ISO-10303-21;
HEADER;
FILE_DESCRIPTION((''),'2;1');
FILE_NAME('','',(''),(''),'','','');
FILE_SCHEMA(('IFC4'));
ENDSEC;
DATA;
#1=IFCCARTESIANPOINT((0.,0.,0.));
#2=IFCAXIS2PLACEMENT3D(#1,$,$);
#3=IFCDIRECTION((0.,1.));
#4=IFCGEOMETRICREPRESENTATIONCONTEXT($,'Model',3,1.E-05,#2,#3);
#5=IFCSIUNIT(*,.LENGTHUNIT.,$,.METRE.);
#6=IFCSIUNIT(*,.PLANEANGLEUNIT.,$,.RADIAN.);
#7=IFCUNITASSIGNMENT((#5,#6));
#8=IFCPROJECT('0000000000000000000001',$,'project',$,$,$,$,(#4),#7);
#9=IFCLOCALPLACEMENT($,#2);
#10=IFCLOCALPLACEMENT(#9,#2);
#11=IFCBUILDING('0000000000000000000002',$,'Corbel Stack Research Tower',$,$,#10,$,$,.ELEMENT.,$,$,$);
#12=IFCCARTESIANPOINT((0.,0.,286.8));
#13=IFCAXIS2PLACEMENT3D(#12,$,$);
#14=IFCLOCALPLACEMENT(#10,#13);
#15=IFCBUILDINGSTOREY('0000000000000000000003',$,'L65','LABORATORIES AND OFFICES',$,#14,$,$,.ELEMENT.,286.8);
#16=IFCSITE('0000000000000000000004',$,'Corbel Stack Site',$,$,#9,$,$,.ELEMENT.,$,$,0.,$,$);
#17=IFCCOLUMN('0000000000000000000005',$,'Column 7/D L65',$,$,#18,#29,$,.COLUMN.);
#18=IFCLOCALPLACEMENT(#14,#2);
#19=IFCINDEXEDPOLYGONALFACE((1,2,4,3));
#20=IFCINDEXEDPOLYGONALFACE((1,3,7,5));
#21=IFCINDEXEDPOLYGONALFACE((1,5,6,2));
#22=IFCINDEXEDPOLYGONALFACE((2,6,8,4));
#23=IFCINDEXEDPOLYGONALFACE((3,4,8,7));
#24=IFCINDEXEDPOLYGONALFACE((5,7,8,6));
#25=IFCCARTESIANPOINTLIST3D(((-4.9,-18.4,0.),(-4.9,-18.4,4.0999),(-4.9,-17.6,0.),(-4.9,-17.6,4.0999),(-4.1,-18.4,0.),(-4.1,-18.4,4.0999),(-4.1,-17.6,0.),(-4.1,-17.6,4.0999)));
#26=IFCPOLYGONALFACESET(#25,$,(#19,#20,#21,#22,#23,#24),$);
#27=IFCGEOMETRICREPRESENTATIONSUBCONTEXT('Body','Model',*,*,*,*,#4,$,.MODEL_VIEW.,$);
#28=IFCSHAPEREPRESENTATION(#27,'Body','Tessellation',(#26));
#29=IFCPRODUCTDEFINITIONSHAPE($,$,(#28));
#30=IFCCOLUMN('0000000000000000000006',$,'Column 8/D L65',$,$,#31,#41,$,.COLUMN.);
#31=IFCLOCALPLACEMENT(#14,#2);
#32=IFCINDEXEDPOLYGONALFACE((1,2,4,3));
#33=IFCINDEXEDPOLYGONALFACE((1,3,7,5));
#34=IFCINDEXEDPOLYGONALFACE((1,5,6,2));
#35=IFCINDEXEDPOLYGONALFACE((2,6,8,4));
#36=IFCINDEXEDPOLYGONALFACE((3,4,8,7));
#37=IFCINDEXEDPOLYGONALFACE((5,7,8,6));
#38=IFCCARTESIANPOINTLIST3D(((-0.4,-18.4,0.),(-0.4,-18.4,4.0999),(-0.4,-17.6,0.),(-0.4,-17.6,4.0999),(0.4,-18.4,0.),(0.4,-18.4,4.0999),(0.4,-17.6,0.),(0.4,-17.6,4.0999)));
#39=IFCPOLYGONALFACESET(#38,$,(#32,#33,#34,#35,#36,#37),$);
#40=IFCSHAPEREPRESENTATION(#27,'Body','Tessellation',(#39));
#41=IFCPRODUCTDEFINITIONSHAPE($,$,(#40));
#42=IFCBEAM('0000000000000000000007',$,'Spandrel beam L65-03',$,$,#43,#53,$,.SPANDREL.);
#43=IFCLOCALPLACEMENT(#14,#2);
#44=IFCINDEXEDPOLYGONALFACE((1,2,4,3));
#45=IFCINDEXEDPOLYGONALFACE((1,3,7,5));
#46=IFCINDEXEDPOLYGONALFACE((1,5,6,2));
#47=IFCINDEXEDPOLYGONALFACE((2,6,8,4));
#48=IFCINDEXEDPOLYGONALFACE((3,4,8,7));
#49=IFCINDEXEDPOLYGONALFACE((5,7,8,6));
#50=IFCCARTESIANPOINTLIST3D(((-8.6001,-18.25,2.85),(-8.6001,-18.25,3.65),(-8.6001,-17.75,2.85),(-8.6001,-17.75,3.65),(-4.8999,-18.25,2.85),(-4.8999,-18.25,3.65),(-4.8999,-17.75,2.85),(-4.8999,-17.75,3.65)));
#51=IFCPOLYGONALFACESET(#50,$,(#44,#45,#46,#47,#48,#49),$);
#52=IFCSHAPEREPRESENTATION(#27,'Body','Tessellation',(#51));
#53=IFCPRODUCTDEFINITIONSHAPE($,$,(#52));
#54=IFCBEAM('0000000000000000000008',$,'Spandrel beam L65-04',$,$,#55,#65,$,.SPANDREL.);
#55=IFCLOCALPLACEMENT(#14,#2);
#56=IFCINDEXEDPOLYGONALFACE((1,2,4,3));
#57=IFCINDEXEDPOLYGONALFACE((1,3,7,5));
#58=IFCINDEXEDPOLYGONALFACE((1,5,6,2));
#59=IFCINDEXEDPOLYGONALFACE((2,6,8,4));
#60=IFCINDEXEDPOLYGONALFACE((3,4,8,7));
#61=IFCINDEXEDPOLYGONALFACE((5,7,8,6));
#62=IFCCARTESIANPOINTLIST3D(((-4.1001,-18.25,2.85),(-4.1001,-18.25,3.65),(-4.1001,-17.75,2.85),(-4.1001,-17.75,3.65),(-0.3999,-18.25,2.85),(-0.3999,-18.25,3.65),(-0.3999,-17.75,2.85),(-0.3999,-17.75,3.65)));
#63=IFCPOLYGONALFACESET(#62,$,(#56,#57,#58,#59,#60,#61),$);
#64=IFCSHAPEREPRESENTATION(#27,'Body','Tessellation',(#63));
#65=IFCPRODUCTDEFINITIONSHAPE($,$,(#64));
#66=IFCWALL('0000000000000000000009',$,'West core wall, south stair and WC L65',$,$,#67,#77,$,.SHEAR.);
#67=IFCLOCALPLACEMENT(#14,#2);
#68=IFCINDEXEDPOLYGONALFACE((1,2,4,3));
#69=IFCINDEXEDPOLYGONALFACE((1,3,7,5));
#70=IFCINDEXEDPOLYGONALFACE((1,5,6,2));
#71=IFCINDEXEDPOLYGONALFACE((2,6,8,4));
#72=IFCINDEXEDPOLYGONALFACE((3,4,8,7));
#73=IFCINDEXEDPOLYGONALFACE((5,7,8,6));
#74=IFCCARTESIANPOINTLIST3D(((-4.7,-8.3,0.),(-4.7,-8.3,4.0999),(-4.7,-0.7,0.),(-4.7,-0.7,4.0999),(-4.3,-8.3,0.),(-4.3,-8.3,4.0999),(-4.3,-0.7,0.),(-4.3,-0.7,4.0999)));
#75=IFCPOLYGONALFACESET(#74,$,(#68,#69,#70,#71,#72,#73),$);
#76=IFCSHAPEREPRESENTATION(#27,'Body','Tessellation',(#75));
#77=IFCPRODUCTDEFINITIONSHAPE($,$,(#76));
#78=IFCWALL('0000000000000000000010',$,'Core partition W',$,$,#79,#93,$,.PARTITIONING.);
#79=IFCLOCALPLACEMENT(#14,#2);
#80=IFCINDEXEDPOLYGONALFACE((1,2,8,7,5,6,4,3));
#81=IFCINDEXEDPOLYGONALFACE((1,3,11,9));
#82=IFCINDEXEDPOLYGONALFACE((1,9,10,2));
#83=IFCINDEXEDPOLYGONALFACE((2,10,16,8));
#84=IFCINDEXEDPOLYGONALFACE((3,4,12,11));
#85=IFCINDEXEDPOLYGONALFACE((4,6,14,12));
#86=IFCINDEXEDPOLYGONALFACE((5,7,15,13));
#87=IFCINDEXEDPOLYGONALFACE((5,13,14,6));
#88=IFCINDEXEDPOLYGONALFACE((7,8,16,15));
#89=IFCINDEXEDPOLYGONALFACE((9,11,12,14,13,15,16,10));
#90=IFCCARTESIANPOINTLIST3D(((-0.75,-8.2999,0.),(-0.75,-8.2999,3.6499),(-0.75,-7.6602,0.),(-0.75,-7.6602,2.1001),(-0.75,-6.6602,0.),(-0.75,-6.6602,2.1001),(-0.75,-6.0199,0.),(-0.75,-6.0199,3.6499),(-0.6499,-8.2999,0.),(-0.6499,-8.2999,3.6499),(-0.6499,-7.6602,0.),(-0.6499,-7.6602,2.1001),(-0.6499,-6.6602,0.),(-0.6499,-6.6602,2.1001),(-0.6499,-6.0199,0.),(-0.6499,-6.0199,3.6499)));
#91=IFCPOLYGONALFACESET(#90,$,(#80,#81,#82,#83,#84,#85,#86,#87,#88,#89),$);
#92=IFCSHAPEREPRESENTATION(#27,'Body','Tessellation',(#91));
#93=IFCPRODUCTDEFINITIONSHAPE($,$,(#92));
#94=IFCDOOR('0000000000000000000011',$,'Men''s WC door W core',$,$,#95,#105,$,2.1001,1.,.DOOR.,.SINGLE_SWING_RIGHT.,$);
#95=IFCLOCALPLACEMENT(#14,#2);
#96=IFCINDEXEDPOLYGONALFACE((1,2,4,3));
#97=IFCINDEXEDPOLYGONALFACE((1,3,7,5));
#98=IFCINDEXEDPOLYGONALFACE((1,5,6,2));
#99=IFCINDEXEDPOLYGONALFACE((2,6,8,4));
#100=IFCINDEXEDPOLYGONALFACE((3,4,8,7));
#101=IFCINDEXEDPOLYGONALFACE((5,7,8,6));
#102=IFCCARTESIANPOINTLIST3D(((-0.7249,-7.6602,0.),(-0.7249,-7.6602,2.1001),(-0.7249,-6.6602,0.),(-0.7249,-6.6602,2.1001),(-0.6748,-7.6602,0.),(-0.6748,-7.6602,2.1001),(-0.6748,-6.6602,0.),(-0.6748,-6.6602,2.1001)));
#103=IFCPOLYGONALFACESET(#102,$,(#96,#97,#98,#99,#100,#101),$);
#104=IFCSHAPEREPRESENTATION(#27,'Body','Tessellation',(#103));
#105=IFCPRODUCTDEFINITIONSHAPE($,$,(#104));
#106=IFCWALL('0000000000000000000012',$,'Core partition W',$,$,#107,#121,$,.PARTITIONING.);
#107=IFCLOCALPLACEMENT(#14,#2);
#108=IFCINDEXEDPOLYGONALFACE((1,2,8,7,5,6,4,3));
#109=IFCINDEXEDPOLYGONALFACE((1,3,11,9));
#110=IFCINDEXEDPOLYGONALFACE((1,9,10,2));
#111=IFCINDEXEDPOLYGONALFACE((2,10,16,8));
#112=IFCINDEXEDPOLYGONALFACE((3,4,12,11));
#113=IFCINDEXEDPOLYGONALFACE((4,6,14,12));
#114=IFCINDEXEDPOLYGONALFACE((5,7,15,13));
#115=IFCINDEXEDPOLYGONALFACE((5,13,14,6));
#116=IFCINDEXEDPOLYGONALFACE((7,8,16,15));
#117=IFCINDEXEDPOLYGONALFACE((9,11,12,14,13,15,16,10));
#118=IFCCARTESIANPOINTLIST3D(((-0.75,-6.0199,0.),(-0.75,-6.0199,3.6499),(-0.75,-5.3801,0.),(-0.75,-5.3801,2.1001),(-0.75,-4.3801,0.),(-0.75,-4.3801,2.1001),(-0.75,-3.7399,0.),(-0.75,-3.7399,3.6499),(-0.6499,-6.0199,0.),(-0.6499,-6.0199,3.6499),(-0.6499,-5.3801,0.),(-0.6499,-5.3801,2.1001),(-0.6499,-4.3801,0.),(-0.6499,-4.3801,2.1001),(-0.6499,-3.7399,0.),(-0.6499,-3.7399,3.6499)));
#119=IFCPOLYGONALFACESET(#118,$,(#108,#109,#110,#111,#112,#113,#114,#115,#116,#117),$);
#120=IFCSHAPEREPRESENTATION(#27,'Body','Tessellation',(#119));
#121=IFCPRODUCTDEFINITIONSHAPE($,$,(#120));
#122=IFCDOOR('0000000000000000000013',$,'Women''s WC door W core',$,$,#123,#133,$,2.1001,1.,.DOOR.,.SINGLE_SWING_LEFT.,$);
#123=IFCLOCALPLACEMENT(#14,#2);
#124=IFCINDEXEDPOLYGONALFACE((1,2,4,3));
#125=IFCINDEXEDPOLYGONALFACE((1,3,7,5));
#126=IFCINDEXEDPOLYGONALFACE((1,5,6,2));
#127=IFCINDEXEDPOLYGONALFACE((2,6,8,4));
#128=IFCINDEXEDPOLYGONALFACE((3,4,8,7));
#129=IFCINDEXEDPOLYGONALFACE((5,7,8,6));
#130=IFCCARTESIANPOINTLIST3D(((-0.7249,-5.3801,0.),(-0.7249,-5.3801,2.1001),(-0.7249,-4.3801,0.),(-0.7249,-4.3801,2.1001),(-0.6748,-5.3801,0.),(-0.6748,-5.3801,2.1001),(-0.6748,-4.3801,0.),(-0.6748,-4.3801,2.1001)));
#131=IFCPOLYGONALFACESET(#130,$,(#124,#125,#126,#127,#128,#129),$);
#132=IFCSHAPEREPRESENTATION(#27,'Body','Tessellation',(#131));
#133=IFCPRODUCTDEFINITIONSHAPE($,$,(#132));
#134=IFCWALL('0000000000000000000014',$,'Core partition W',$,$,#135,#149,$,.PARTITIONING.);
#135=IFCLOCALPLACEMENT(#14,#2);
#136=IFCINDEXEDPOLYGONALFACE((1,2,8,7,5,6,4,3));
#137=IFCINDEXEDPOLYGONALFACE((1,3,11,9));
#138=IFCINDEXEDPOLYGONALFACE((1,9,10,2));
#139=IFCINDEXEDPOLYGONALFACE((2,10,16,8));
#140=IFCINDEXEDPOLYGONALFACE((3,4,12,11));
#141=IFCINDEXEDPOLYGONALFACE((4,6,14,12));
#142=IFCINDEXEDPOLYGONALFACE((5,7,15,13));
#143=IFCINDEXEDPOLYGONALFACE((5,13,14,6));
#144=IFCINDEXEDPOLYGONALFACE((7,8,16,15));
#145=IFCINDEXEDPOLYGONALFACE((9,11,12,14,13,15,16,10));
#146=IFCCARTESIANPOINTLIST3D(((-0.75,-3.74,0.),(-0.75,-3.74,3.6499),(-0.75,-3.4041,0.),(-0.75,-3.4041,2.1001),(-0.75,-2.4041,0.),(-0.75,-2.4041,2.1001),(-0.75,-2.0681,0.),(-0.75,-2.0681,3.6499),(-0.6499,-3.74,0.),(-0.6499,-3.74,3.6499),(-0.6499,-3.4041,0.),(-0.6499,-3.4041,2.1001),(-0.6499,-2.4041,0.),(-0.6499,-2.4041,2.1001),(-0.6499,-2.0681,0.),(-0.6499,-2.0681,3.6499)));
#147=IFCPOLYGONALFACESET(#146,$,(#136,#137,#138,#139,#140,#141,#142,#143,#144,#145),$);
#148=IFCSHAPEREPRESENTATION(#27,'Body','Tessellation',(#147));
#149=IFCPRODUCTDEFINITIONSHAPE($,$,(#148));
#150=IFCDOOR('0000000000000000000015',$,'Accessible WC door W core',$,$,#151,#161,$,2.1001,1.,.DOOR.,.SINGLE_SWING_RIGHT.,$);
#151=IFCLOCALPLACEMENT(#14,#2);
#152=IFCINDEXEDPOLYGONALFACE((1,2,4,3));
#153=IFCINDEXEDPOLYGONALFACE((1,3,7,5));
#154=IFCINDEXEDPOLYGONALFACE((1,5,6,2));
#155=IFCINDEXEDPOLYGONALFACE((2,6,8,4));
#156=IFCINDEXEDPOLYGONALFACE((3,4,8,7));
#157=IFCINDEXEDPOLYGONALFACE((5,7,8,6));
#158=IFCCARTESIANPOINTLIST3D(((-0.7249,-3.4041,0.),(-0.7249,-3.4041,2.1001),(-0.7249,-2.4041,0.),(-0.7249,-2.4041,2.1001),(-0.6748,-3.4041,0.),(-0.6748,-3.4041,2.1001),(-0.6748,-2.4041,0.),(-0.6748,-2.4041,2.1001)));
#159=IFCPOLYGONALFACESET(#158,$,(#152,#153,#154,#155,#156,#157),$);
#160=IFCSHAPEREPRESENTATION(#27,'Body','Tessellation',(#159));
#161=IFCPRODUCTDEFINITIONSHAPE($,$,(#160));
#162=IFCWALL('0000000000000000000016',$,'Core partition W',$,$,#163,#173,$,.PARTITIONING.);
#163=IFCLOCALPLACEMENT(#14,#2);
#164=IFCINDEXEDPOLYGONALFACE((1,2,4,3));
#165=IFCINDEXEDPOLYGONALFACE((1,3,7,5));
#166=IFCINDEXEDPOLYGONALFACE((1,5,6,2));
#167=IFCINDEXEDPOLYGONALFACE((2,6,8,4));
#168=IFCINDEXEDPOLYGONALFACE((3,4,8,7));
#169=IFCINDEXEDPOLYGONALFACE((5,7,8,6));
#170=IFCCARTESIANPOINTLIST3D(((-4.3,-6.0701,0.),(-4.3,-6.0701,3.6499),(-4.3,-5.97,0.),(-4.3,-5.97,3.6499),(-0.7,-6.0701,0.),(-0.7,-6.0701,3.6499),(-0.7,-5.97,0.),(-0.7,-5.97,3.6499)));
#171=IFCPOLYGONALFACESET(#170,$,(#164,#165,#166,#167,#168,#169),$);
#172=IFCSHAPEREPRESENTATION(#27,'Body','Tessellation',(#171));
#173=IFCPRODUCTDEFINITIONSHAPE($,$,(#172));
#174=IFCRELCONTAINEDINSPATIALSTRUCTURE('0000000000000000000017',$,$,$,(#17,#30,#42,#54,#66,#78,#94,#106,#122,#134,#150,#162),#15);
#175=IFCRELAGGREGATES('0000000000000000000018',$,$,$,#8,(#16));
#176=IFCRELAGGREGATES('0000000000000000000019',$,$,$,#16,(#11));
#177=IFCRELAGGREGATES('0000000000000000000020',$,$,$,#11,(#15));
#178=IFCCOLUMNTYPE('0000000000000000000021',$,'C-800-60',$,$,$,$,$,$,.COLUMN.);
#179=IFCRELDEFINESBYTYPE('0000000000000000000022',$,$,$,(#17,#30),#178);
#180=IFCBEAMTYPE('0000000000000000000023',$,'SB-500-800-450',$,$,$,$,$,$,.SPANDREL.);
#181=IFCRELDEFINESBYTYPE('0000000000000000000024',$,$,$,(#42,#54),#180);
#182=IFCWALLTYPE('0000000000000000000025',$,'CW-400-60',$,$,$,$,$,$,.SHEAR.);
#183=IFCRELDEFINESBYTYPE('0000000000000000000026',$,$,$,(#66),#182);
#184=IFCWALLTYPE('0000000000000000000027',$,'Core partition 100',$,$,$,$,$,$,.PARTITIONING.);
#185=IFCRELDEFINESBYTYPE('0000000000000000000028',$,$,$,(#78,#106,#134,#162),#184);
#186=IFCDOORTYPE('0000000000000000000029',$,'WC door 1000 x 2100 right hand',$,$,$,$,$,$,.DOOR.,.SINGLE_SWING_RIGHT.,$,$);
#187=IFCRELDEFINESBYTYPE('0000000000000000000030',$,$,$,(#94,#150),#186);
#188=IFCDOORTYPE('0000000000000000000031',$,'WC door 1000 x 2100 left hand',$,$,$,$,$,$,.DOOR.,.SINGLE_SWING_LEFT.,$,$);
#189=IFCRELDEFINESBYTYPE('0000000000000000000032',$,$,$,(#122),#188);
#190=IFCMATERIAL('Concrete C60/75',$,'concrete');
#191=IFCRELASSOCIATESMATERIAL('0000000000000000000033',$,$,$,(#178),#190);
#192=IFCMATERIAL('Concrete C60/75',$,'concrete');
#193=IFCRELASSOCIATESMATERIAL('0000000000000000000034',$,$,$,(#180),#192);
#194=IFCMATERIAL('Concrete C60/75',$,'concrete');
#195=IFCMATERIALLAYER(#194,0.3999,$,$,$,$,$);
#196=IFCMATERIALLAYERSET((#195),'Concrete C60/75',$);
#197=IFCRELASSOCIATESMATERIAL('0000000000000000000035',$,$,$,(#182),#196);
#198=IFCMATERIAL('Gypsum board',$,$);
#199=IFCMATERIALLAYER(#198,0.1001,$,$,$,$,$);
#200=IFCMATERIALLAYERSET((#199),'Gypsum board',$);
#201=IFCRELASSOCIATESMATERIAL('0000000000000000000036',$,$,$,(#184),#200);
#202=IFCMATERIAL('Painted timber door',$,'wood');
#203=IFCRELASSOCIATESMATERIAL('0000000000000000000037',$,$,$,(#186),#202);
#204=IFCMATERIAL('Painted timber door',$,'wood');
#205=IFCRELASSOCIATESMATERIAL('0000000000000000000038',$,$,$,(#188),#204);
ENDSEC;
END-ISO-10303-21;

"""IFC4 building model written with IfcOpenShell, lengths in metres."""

from ifc_helpers import new_model, si_unit, direction, frame, frame_2d, origin, origin_2d, place, context, subcontext, project, spatial, rectangle, extrude, material, layer, layer_set, material_profile, profile_set, type_object, element, fill, save


model = new_model("IFC4")

# Units and contexts
model_context = context("Model", 3, precision=1e-05, world=origin(), true_north=direction((0.0, 1.0)))
body_context = subcontext(model_context, "Body", "Model", "MODEL_VIEW")
ifc_project = project(units=[si_unit("LENGTHUNIT", "METRE"), si_unit("PLANEANGLEUNIT", "RADIAN")], contexts=[model_context])

# Site, building, storey
site_placement = place(None, origin())
site = spatial("IfcSite", under=ifc_project, at=site_placement, Name="Corbel Stack Site", CompositionType="ELEMENT", RefElevation=0.0)
building_placement = place(site_placement, origin())
building = spatial("IfcBuilding", under=site, at=building_placement, Name="Corbel Stack Research Tower", CompositionType="ELEMENT")
storey_placement = place(building_placement, frame((0.0, 0.0, 286.8)))
storey = spatial("IfcBuildingStorey", under=building, at=storey_placement, Name="L65", Description="LABORATORIES AND OFFICES", CompositionType="ELEMENT", Elevation=286.8)

# Columns
ifc_material_1 = material(Name="Concrete C60/75", Category="concrete")
ifc_material_profile_1 = material_profile(ifc_material_1, rectangle(XDim=0.8, YDim=0.8, at=origin_2d()), Name="RC 800 x 800")
ifc_profile_set_1 = profile_set([ifc_material_profile_1], Name="Concrete C60/75")
column_type = type_object("IfcColumnType", Name="C-800-60", PredefinedType="COLUMN", material=ifc_profile_set_1)
for number, where, z_axis, x_axis, name in (
    (1, (-4.5, -18.0, 0.0), (0.0, 0.0, 1.0), (1.0, 0.0, 0.0), "Column 7/D L65"),
    (2, (0.0, -18.0, 0.0), (0.0, 0.0, 1.0), (1.0, 0.0, 0.0), "Column 8/D L65"),
):
    element("IfcColumn", number, at=place(storey_placement, frame(where, z_axis=z_axis, x_axis=x_axis)), inside=storey, type_object=column_type, Name=name, PredefinedType="COLUMN", context=body_context, shape_type="SweptSolid", body=[
        extrude(rectangle(XDim=0.8, YDim=0.8, at=origin_2d()), origin(), (0.0, 0.0, 1.0), 4.0999),
    ])

# Beams
ifc_material_2 = material(Name="Concrete C60/75", Category="concrete")
ifc_material_profile_2 = material_profile(ifc_material_2, rectangle(XDim=0.5, YDim=0.8, at=origin_2d()), Name="RC 500 x 800")
ifc_profile_set_2 = profile_set([ifc_material_profile_2], Name="Concrete C60/75")
beam_type = type_object("IfcBeamType", Name="SB-500-800-450", PredefinedType="SPANDREL", material=ifc_profile_set_2)
for number, where, z_axis, x_axis, name in (
    (3, (-8.6001, -18.0, 3.25), (1.0, 0.0, 0.0), (0.0, 1.0, 0.0), "Spandrel beam L65-03"),
    (4, (-4.1001, -18.0, 3.25), (1.0, 0.0, 0.0), (0.0, 1.0, 0.0), "Spandrel beam L65-04"),
):
    element("IfcBeam", number, at=place(storey_placement, frame(where, z_axis=z_axis, x_axis=x_axis)), inside=storey, type_object=beam_type, Name=name, PredefinedType="SPANDREL", context=body_context, shape_type="SweptSolid", body=[
        extrude(rectangle(XDim=0.5, YDim=0.8, at=origin_2d()), origin(), (0.0, 0.0, 1.0), 3.7002),
    ])

# Wall
ifc_material_3 = material(Name="Concrete C60/75", Category="concrete")
ifc_layer_1 = layer(ifc_material_3, 0.3999)
ifc_layer_set_1 = layer_set([ifc_layer_1], Name="Concrete C60/75")
wall_type_1 = type_object("IfcWallType", Name="CW-400-60", PredefinedType="SHEAR", material=ifc_layer_set_1)
wall_1_placement = place(storey_placement, frame((-4.5, -8.3, 0.0), z_axis=(0.0, 0.0, 1.0), x_axis=(0.0, 1.0, 0.0)))
element("IfcWall", 5, at=wall_1_placement, inside=storey, type_object=wall_type_1, Name="West core wall, south stair and WC L65", PredefinedType="SHEAR", context=body_context, shape_type="SweptSolid", body=[
    extrude(rectangle(XDim=7.6001, YDim=0.3999, at=frame_2d((3.8, 0.0))), origin(), (0.0, 0.0, 1.0), 4.0999),
])

# Walls, openings, doors
ifc_material_4 = material(Name="Gypsum board")
ifc_layer_2 = layer(ifc_material_4, 0.1001)
ifc_layer_set_2 = layer_set([ifc_layer_2], Name="Gypsum board")
wall_type_2 = type_object("IfcWallType", Name="Core partition 100", PredefinedType="PARTITIONING", material=ifc_layer_set_2)
wall_2_placement = place(storey_placement, frame((-0.7, -8.3, 0.0), z_axis=(0.0, 0.0, 1.0), x_axis=(0.0, 1.0, 0.0)))
wall_2 = element("IfcWall", 6, at=wall_2_placement, inside=storey, type_object=wall_type_2, Name="Core partition W", PredefinedType="PARTITIONING", context=body_context, shape_type="SweptSolid", body=[
    extrude(rectangle(XDim=2.28, YDim=0.1001, at=frame_2d((1.1401, 0.0))), origin(), (0.0, 0.0, 1.0), 3.6499),
])
opening_1_placement = place(wall_2_placement, frame((0.6399, 0.0, 0.0)))
opening_1 = element("IfcOpeningElement", 7, at=opening_1_placement, cuts=wall_2, PredefinedType="OPENING", context=body_context, shape_type="SweptSolid", body=[
    extrude(rectangle(XDim=1.0, YDim=2.1001, at=frame_2d((0.5, 1.05))), frame((0.0, 0.0601, 0.0), z_axis=(0.0, -1.0, 0.0), x_axis=(1.0, 0.0, 0.0)), (0.0, 0.0, 1.0), 0.1201),
])
ifc_material_5 = material(Name="Painted timber door", Category="wood")
door_type_1 = type_object("IfcDoorType", Name="WC door 1000 x 2100 right hand", OperationType="SINGLE_SWING_RIGHT", PredefinedType="DOOR", material=ifc_material_5)
door_1_placement = place(opening_1_placement, origin())
door_1 = element("IfcDoor", 8, at=door_1_placement, inside=storey, type_object=door_type_1, Name="Men's WC door W core", OperationType="SINGLE_SWING_RIGHT", OverallHeight=2.1001, OverallWidth=1.0, PredefinedType="DOOR", context=body_context, shape_type="SweptSolid", body=[
    extrude(rectangle(XDim=1.0, YDim=2.1001, at=frame_2d((0.5, 1.05))), frame((0.0, 0.0249, 0.0), z_axis=(0.0, -1.0, 0.0), x_axis=(1.0, 0.0, 0.0)), (0.0, 0.0, 1.0), 0.05),
])
fill(opening_1, door_1)
wall_3_placement = place(storey_placement, frame((-0.7, -6.02, 0.0), z_axis=(0.0, 0.0, 1.0), x_axis=(0.0, 1.0, 0.0)))
wall_3 = element("IfcWall", 9, at=wall_3_placement, inside=storey, type_object=wall_type_2, Name="Core partition W", PredefinedType="PARTITIONING", context=body_context, shape_type="SweptSolid", body=[
    extrude(rectangle(XDim=2.28, YDim=0.1001, at=frame_2d((1.1401, 0.0))), origin(), (0.0, 0.0, 1.0), 3.6499),
])
opening_2_placement = place(wall_3_placement, frame((0.6399, 0.0, 0.0)))
opening_2 = element("IfcOpeningElement", 10, at=opening_2_placement, cuts=wall_3, PredefinedType="OPENING", context=body_context, shape_type="SweptSolid", body=[
    extrude(rectangle(XDim=1.0, YDim=2.1001, at=frame_2d((0.5, 1.05))), frame((0.0, 0.0601, 0.0), z_axis=(0.0, -1.0, 0.0), x_axis=(1.0, 0.0, 0.0)), (0.0, 0.0, 1.0), 0.1201),
])
ifc_material_6 = material(Name="Painted timber door", Category="wood")
door_type_2 = type_object("IfcDoorType", Name="WC door 1000 x 2100 left hand", OperationType="SINGLE_SWING_LEFT", PredefinedType="DOOR", material=ifc_material_6)
door_2_placement = place(opening_2_placement, origin())
door_2 = element("IfcDoor", 11, at=door_2_placement, inside=storey, type_object=door_type_2, Name="Women's WC door W core", OperationType="SINGLE_SWING_LEFT", OverallHeight=2.1001, OverallWidth=1.0, PredefinedType="DOOR", context=body_context, shape_type="SweptSolid", body=[
    extrude(rectangle(XDim=1.0, YDim=2.1001, at=frame_2d((0.5, 1.05))), frame((0.0, 0.0249, 0.0), z_axis=(0.0, -1.0, 0.0), x_axis=(1.0, 0.0, 0.0)), (0.0, 0.0, 1.0), 0.05),
])
fill(opening_2, door_2)
wall_4_placement = place(storey_placement, frame((-0.7, -3.74, 0.0), z_axis=(0.0, 0.0, 1.0), x_axis=(0.0, 1.0, 0.0)))
wall_4 = element("IfcWall", 12, at=wall_4_placement, inside=storey, type_object=wall_type_2, Name="Core partition W", PredefinedType="PARTITIONING", context=body_context, shape_type="SweptSolid", body=[
    extrude(rectangle(XDim=1.6719, YDim=0.1001, at=frame_2d((0.8359, 0.0))), origin(), (0.0, 0.0, 1.0), 3.6499),
])
opening_3_placement = place(wall_4_placement, frame((0.3359, 0.0, 0.0)))
opening_3 = element("IfcOpeningElement", 13, at=opening_3_placement, cuts=wall_4, PredefinedType="OPENING", context=body_context, shape_type="SweptSolid", body=[
    extrude(rectangle(XDim=1.0, YDim=2.1001, at=frame_2d((0.5, 1.05))), frame((0.0, 0.0601, 0.0), z_axis=(0.0, -1.0, 0.0), x_axis=(1.0, 0.0, 0.0)), (0.0, 0.0, 1.0), 0.1201),
])
door_3_placement = place(opening_3_placement, origin())
door_3 = element("IfcDoor", 14, at=door_3_placement, inside=storey, type_object=door_type_1, Name="Accessible WC door W core", OperationType="SINGLE_SWING_RIGHT", OverallHeight=2.1001, OverallWidth=1.0, PredefinedType="DOOR", context=body_context, shape_type="SweptSolid", body=[
    extrude(rectangle(XDim=1.0, YDim=2.1001, at=frame_2d((0.5, 1.05))), frame((0.0, 0.0249, 0.0), z_axis=(0.0, -1.0, 0.0), x_axis=(1.0, 0.0, 0.0)), (0.0, 0.0, 1.0), 0.05),
])
fill(opening_3, door_3)

# Wall
for number, where, z_axis, x_axis, name in (
    (15, (-4.3, -6.02, 0.0), (0.0, 0.0, 1.0), (1.0, 0.0, 0.0), "Core partition W"),
):
    element("IfcWall", number, at=place(storey_placement, frame(where, z_axis=z_axis, x_axis=x_axis)), inside=storey, type_object=wall_type_2, Name=name, PredefinedType="PARTITIONING", context=body_context, shape_type="SweptSolid", body=[
        extrude(rectangle(XDim=3.6001, YDim=0.1001, at=frame_2d((1.8, 0.0))), origin(), (0.0, 0.0, 1.0), 3.6499),
    ])

save(model, "model.ifc")
